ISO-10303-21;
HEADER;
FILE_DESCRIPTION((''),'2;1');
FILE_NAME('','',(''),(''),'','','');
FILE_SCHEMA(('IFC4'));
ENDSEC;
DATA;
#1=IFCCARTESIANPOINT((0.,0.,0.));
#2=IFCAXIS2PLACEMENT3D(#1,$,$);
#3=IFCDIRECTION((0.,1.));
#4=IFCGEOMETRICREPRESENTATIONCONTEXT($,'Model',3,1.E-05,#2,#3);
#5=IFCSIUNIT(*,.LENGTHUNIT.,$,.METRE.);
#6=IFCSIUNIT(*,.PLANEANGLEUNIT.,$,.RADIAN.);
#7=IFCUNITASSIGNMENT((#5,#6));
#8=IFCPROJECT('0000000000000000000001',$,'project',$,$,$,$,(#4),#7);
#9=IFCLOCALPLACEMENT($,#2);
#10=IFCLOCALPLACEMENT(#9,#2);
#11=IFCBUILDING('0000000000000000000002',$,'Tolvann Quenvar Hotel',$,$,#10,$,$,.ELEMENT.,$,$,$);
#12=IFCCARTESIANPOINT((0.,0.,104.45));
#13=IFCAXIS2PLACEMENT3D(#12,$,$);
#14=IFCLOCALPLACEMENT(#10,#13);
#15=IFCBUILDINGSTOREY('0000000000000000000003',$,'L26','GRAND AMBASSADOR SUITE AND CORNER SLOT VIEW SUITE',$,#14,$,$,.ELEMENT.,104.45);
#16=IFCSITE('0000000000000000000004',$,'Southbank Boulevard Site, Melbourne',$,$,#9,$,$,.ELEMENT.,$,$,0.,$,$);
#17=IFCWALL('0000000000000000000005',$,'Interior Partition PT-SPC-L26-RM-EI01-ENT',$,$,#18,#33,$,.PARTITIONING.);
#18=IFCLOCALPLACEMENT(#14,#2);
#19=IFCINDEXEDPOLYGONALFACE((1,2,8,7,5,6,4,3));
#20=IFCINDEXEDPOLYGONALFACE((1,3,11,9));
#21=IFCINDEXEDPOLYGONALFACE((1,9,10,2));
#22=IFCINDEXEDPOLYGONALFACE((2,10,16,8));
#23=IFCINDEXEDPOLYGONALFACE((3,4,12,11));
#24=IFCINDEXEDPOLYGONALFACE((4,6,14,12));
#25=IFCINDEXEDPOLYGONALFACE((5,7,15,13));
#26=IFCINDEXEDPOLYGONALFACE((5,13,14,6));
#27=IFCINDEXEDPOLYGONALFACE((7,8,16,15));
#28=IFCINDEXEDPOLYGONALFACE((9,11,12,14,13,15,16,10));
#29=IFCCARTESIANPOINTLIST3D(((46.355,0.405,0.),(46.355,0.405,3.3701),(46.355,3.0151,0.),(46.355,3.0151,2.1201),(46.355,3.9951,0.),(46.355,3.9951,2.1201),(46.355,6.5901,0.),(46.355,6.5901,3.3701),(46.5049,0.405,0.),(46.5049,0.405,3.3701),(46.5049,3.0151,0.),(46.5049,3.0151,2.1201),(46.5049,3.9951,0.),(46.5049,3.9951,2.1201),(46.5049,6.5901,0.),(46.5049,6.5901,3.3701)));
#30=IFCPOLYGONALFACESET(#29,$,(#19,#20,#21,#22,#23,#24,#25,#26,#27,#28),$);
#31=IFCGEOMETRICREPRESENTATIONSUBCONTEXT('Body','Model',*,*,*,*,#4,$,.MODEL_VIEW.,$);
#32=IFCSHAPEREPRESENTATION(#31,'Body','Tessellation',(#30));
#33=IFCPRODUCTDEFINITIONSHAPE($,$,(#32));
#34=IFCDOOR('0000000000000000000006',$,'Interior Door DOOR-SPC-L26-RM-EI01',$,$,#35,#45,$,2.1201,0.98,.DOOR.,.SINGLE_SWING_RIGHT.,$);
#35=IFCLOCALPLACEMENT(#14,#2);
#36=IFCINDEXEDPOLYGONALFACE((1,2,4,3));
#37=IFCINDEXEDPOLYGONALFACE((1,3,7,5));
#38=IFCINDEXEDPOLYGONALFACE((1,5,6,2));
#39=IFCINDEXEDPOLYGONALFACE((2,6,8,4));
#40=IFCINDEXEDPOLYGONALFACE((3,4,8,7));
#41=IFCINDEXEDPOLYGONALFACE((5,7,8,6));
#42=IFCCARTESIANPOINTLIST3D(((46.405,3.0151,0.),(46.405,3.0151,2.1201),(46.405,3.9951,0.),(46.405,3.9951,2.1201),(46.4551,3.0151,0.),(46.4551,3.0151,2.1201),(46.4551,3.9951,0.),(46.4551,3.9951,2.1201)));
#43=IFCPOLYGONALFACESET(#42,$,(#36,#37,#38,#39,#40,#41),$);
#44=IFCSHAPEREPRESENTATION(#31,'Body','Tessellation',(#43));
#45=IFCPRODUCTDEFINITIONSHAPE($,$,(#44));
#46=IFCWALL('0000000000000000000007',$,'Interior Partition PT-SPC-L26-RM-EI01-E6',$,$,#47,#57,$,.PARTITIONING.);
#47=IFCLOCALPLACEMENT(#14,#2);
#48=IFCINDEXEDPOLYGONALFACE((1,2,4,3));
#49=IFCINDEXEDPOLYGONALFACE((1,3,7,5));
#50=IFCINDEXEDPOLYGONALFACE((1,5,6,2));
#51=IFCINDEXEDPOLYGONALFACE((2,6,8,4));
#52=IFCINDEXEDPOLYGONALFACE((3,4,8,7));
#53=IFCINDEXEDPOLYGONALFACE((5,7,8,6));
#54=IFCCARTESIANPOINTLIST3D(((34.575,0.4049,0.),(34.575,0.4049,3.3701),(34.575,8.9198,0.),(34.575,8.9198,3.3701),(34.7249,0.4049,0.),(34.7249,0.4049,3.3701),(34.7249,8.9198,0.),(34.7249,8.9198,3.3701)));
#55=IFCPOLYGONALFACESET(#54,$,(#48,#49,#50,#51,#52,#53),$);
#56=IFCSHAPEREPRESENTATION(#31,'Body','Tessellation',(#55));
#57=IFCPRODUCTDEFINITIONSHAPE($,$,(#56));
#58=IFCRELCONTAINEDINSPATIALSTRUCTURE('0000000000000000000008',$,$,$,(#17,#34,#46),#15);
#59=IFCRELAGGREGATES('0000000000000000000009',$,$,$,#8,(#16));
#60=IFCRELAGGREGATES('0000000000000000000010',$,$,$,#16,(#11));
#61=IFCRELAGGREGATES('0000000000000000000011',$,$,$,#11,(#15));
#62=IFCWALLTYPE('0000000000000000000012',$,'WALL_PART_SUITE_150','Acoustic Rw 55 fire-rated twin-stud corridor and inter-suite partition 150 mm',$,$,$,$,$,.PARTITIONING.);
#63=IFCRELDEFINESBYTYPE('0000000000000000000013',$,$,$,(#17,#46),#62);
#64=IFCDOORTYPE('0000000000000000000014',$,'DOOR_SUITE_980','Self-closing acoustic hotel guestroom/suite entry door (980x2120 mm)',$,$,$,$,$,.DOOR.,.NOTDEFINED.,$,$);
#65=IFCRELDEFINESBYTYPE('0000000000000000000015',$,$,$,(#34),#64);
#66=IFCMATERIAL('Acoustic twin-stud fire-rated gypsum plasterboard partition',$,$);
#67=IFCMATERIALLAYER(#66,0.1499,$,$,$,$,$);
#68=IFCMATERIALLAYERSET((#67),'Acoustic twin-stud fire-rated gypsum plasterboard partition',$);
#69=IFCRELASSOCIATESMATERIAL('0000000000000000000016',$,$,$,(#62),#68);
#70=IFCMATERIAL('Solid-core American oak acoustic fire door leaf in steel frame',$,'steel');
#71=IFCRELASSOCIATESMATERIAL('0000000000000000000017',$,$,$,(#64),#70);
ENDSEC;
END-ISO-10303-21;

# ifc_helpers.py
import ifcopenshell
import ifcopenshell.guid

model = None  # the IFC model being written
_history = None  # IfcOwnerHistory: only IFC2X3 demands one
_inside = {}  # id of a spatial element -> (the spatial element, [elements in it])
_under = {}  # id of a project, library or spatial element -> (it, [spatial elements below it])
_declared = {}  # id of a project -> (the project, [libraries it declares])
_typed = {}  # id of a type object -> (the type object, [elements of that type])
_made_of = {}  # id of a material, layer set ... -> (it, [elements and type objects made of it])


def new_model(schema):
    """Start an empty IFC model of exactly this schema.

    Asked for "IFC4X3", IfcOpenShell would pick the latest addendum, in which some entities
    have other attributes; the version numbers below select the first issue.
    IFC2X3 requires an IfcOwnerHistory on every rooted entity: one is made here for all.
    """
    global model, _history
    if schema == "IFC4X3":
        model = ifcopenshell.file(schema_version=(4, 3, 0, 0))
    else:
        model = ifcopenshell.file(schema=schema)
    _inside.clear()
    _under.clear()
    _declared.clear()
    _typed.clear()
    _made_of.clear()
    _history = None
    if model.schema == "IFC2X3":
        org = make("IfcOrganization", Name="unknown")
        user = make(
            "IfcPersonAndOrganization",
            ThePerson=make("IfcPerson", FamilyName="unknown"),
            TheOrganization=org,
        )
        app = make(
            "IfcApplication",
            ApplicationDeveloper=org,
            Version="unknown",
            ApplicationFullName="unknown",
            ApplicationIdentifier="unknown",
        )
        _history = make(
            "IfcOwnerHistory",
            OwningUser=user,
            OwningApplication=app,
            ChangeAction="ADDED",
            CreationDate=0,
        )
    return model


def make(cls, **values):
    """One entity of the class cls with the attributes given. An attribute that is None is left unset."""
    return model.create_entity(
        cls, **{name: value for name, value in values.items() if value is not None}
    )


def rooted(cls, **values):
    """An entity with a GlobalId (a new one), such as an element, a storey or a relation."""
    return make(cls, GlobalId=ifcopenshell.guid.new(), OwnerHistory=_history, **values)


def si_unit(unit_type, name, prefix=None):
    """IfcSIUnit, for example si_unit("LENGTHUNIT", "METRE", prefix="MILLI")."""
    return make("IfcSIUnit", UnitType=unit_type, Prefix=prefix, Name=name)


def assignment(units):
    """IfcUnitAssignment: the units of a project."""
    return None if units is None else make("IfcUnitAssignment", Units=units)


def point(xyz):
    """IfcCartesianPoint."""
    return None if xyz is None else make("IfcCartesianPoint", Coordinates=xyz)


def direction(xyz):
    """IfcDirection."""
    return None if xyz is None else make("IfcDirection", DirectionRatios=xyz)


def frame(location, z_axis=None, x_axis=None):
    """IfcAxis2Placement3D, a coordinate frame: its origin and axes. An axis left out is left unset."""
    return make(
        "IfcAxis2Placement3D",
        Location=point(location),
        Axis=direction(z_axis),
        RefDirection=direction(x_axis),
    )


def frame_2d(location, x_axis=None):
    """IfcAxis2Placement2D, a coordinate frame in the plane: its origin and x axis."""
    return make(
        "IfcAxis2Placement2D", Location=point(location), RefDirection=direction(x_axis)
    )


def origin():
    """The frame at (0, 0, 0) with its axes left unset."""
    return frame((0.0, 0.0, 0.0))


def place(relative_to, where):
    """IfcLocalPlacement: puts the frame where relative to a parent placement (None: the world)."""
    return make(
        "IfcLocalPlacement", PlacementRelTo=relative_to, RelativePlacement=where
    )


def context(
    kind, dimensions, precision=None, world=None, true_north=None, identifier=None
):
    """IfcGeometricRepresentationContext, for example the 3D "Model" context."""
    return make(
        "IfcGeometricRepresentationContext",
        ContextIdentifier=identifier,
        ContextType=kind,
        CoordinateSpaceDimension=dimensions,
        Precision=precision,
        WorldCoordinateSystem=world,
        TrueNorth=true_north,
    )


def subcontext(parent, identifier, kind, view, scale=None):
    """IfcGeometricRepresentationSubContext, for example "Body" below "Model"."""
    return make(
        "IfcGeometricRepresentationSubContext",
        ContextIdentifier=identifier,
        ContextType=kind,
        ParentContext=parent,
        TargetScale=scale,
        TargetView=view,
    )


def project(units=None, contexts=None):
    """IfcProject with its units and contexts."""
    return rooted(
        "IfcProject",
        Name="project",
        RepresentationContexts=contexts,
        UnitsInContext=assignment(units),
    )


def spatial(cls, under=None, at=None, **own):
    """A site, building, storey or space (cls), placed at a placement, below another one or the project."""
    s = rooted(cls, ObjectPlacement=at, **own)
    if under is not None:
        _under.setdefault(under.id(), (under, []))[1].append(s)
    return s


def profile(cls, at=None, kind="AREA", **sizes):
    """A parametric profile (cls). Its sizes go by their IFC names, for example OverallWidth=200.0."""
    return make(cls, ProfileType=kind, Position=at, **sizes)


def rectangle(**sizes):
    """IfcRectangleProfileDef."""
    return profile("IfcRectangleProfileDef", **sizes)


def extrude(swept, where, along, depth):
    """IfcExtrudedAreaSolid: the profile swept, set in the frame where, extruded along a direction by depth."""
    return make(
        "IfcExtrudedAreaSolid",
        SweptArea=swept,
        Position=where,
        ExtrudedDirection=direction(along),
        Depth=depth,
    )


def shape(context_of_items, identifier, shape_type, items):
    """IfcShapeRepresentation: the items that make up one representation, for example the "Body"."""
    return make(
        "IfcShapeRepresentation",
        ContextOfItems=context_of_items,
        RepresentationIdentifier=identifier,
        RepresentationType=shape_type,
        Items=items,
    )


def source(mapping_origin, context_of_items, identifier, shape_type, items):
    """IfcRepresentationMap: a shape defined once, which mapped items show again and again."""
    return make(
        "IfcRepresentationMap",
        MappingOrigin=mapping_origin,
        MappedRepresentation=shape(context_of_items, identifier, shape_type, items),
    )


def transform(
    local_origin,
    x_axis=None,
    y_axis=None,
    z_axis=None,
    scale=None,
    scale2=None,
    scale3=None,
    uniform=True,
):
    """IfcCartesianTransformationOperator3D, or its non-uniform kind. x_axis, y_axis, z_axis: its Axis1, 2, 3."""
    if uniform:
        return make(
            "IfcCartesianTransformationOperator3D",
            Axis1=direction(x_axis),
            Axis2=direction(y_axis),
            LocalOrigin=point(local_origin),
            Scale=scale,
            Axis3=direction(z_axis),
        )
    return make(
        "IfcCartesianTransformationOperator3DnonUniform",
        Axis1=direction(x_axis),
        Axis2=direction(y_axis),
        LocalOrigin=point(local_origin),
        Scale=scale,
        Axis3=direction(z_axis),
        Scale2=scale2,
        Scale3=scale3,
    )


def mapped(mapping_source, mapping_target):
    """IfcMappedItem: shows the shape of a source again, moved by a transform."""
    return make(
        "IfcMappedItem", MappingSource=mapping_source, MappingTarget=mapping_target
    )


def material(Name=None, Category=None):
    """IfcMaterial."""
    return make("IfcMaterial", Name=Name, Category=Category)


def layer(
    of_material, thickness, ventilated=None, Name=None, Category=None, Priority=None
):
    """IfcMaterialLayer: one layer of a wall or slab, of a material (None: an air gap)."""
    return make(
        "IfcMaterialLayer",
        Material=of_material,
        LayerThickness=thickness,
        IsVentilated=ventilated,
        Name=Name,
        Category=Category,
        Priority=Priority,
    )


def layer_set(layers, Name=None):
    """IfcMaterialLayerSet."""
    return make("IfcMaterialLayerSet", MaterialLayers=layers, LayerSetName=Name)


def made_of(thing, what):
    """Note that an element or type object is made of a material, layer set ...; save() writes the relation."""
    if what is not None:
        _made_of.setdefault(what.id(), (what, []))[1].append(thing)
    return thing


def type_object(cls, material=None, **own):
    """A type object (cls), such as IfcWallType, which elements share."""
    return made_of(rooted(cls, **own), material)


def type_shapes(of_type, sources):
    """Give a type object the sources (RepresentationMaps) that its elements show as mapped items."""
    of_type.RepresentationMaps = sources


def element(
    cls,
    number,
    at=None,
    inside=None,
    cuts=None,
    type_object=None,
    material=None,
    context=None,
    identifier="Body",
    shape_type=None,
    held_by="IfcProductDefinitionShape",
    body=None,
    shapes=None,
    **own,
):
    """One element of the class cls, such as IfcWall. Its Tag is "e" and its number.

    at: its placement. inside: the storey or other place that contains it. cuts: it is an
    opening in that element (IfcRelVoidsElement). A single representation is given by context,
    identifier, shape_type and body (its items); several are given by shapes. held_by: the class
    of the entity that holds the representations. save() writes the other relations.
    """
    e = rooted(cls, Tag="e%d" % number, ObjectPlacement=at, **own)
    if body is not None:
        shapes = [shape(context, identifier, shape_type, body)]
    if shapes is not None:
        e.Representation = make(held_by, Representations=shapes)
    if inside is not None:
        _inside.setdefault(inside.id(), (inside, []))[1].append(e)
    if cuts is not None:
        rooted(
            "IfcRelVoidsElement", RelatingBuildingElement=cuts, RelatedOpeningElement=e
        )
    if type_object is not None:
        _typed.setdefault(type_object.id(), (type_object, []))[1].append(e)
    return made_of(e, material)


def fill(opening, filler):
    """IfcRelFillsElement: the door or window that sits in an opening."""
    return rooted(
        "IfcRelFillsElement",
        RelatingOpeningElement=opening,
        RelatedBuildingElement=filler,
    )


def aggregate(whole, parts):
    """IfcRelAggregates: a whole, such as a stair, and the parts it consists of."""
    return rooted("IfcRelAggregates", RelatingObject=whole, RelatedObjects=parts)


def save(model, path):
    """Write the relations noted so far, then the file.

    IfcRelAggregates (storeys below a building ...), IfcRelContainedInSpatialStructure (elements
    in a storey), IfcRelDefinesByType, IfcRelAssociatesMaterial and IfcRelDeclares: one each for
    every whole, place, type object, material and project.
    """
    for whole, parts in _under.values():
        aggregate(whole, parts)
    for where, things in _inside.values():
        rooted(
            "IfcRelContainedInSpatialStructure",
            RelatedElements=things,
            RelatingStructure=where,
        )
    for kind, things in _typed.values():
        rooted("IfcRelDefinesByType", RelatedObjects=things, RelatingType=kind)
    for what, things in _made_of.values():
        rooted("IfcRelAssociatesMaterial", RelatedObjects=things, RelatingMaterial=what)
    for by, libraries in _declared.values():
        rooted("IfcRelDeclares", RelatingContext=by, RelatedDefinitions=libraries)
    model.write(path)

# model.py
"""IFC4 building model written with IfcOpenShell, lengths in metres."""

from ifc_helpers import new_model, si_unit, direction, frame, frame_2d, origin, place, context, subcontext, project, spatial, rectangle, extrude, source, transform, mapped, material, layer, layer_set, type_object, type_shapes, element, fill, save


model = new_model("IFC4")

# Units and contexts
model_context = context("Model", 3, precision=1e-05, world=origin(), true_north=direction((0.0, 1.0)))
body_context = subcontext(model_context, "Body", "Model", "MODEL_VIEW")
ifc_project = project(units=[si_unit("LENGTHUNIT", "METRE"), si_unit("PLANEANGLEUNIT", "RADIAN")], contexts=[model_context])

# Site, building, storey
site_placement = place(None, origin())
site = spatial("IfcSite", under=ifc_project, at=site_placement, Name="Southbank Boulevard Site, Melbourne", CompositionType="ELEMENT", RefElevation=0.0)
building_placement = place(site_placement, origin())
building = spatial("IfcBuilding", under=site, at=building_placement, Name="Tolvann Quenvar Hotel", CompositionType="ELEMENT")
storey_placement = place(building_placement, frame((0.0, 0.0, 104.45)))
storey = spatial("IfcBuildingStorey", under=building, at=storey_placement, Name="L26", Description="GRAND AMBASSADOR SUITE AND CORNER SLOT VIEW SUITE", CompositionType="ELEMENT", Elevation=104.45)

# Shared definitions
ifc_material_1 = material(Name="Acoustic twin-stud fire-rated gypsum plasterboard partition")
ifc_layer_1 = layer(ifc_material_1, 0.1499)
ifc_layer_set_1 = layer_set([ifc_layer_1], Name="Acoustic twin-stud fire-rated gypsum plasterboard partition")
wall_type_1 = type_object("IfcWallType", Name="WALL_PART_SUITE_150", Description="Acoustic Rw 55 fire-rated twin-stud corridor and inter-suite partition 150 mm", PredefinedType="PARTITIONING", material=ifc_layer_set_1)
ifc_material_2 = material(Name="Solid-core American oak acoustic fire door leaf in steel frame", Category="steel")

# Wall, opening, door
wall_1_placement = place(storey_placement, frame((46.4299, 0.405, 0.0), z_axis=(0.0, 0.0, 1.0), x_axis=(0.0, 1.0, 0.0)))
wall_1 = element("IfcWall", 1, at=wall_1_placement, inside=storey, type_object=wall_type_1, Name="Interior Partition PT-SPC-L26-RM-EI01-ENT", PredefinedType="PARTITIONING", context=body_context, shape_type="SweptSolid", body=[
    extrude(rectangle(XDim=6.1851, YDim=0.1499, at=frame_2d((3.0925, 0.0))), origin(), (0.0, 0.0, 1.0), 3.3701),
])
opening_1_placement = place(wall_1_placement, frame((2.6101, 0.0, 0.0)))
opening_1 = element("IfcOpeningElement", 2, at=opening_1_placement, cuts=wall_1, PredefinedType="OPENING", context=body_context, shape_type="SweptSolid", body=[
    extrude(rectangle(XDim=0.98, YDim=2.1201, at=frame_2d((0.49, 1.0601))), frame((0.0, 0.085, 0.0), z_axis=(0.0, -1.0, 0.0), x_axis=(1.0, 0.0, 0.0)), (0.0, 0.0, 1.0), 0.1699),
])
door_type_1 = type_object("IfcDoorType", Name="DOOR_SUITE_980", Description="Self-closing acoustic hotel guestroom/suite entry door (980x2120 mm)", OperationType="NOTDEFINED", PredefinedType="DOOR", material=ifc_material_2)
shared_shape_1 = source(origin(), body_context, "Body", "SweptSolid", [
    extrude(rectangle(XDim=0.98, YDim=2.1201, at=frame_2d((0.49, 1.0601))), frame((0.0, 0.0249, 0.0), z_axis=(0.0, -1.0, 0.0), x_axis=(1.0, 0.0, 0.0)), (0.0, 0.0, 1.0), 0.05),
])
type_shapes(door_type_1, [shared_shape_1])
door_1_placement = place(opening_1_placement, origin())
door_1 = element("IfcDoor", 3, at=door_1_placement, inside=storey, type_object=door_type_1, Name="Interior Door DOOR-SPC-L26-RM-EI01", OperationType="SINGLE_SWING_RIGHT", OverallHeight=2.1201, OverallWidth=0.98, PredefinedType="DOOR", context=body_context, shape_type="MappedRepresentation", body=[
    mapped(shared_shape_1, transform((0.0, 0.0, 0.0), x_axis=(1.0, 0.0, 0.0), y_axis=(0.0, 1.0, 0.0), z_axis=(0.0, 0.0, 1.0), scale=1.0)),
])
fill(opening_1, door_1)

# Wall
wall_2_placement = place(storey_placement, frame((34.6499, 0.405, 0.0), z_axis=(0.0, 0.0, 1.0), x_axis=(0.0, 1.0, 0.0)))
element("IfcWall", 4, at=wall_2_placement, inside=storey, type_object=wall_type_1, Name="Interior Partition PT-SPC-L26-RM-EI01-E6", PredefinedType="PARTITIONING", context=body_context, shape_type="SweptSolid", body=[
    extrude(rectangle(XDim=8.5149, YDim=0.1499, at=frame_2d((4.2573, 0.0))), origin(), (0.0, 0.0, 1.0), 3.3701),
])

save(model, "model.ifc")
